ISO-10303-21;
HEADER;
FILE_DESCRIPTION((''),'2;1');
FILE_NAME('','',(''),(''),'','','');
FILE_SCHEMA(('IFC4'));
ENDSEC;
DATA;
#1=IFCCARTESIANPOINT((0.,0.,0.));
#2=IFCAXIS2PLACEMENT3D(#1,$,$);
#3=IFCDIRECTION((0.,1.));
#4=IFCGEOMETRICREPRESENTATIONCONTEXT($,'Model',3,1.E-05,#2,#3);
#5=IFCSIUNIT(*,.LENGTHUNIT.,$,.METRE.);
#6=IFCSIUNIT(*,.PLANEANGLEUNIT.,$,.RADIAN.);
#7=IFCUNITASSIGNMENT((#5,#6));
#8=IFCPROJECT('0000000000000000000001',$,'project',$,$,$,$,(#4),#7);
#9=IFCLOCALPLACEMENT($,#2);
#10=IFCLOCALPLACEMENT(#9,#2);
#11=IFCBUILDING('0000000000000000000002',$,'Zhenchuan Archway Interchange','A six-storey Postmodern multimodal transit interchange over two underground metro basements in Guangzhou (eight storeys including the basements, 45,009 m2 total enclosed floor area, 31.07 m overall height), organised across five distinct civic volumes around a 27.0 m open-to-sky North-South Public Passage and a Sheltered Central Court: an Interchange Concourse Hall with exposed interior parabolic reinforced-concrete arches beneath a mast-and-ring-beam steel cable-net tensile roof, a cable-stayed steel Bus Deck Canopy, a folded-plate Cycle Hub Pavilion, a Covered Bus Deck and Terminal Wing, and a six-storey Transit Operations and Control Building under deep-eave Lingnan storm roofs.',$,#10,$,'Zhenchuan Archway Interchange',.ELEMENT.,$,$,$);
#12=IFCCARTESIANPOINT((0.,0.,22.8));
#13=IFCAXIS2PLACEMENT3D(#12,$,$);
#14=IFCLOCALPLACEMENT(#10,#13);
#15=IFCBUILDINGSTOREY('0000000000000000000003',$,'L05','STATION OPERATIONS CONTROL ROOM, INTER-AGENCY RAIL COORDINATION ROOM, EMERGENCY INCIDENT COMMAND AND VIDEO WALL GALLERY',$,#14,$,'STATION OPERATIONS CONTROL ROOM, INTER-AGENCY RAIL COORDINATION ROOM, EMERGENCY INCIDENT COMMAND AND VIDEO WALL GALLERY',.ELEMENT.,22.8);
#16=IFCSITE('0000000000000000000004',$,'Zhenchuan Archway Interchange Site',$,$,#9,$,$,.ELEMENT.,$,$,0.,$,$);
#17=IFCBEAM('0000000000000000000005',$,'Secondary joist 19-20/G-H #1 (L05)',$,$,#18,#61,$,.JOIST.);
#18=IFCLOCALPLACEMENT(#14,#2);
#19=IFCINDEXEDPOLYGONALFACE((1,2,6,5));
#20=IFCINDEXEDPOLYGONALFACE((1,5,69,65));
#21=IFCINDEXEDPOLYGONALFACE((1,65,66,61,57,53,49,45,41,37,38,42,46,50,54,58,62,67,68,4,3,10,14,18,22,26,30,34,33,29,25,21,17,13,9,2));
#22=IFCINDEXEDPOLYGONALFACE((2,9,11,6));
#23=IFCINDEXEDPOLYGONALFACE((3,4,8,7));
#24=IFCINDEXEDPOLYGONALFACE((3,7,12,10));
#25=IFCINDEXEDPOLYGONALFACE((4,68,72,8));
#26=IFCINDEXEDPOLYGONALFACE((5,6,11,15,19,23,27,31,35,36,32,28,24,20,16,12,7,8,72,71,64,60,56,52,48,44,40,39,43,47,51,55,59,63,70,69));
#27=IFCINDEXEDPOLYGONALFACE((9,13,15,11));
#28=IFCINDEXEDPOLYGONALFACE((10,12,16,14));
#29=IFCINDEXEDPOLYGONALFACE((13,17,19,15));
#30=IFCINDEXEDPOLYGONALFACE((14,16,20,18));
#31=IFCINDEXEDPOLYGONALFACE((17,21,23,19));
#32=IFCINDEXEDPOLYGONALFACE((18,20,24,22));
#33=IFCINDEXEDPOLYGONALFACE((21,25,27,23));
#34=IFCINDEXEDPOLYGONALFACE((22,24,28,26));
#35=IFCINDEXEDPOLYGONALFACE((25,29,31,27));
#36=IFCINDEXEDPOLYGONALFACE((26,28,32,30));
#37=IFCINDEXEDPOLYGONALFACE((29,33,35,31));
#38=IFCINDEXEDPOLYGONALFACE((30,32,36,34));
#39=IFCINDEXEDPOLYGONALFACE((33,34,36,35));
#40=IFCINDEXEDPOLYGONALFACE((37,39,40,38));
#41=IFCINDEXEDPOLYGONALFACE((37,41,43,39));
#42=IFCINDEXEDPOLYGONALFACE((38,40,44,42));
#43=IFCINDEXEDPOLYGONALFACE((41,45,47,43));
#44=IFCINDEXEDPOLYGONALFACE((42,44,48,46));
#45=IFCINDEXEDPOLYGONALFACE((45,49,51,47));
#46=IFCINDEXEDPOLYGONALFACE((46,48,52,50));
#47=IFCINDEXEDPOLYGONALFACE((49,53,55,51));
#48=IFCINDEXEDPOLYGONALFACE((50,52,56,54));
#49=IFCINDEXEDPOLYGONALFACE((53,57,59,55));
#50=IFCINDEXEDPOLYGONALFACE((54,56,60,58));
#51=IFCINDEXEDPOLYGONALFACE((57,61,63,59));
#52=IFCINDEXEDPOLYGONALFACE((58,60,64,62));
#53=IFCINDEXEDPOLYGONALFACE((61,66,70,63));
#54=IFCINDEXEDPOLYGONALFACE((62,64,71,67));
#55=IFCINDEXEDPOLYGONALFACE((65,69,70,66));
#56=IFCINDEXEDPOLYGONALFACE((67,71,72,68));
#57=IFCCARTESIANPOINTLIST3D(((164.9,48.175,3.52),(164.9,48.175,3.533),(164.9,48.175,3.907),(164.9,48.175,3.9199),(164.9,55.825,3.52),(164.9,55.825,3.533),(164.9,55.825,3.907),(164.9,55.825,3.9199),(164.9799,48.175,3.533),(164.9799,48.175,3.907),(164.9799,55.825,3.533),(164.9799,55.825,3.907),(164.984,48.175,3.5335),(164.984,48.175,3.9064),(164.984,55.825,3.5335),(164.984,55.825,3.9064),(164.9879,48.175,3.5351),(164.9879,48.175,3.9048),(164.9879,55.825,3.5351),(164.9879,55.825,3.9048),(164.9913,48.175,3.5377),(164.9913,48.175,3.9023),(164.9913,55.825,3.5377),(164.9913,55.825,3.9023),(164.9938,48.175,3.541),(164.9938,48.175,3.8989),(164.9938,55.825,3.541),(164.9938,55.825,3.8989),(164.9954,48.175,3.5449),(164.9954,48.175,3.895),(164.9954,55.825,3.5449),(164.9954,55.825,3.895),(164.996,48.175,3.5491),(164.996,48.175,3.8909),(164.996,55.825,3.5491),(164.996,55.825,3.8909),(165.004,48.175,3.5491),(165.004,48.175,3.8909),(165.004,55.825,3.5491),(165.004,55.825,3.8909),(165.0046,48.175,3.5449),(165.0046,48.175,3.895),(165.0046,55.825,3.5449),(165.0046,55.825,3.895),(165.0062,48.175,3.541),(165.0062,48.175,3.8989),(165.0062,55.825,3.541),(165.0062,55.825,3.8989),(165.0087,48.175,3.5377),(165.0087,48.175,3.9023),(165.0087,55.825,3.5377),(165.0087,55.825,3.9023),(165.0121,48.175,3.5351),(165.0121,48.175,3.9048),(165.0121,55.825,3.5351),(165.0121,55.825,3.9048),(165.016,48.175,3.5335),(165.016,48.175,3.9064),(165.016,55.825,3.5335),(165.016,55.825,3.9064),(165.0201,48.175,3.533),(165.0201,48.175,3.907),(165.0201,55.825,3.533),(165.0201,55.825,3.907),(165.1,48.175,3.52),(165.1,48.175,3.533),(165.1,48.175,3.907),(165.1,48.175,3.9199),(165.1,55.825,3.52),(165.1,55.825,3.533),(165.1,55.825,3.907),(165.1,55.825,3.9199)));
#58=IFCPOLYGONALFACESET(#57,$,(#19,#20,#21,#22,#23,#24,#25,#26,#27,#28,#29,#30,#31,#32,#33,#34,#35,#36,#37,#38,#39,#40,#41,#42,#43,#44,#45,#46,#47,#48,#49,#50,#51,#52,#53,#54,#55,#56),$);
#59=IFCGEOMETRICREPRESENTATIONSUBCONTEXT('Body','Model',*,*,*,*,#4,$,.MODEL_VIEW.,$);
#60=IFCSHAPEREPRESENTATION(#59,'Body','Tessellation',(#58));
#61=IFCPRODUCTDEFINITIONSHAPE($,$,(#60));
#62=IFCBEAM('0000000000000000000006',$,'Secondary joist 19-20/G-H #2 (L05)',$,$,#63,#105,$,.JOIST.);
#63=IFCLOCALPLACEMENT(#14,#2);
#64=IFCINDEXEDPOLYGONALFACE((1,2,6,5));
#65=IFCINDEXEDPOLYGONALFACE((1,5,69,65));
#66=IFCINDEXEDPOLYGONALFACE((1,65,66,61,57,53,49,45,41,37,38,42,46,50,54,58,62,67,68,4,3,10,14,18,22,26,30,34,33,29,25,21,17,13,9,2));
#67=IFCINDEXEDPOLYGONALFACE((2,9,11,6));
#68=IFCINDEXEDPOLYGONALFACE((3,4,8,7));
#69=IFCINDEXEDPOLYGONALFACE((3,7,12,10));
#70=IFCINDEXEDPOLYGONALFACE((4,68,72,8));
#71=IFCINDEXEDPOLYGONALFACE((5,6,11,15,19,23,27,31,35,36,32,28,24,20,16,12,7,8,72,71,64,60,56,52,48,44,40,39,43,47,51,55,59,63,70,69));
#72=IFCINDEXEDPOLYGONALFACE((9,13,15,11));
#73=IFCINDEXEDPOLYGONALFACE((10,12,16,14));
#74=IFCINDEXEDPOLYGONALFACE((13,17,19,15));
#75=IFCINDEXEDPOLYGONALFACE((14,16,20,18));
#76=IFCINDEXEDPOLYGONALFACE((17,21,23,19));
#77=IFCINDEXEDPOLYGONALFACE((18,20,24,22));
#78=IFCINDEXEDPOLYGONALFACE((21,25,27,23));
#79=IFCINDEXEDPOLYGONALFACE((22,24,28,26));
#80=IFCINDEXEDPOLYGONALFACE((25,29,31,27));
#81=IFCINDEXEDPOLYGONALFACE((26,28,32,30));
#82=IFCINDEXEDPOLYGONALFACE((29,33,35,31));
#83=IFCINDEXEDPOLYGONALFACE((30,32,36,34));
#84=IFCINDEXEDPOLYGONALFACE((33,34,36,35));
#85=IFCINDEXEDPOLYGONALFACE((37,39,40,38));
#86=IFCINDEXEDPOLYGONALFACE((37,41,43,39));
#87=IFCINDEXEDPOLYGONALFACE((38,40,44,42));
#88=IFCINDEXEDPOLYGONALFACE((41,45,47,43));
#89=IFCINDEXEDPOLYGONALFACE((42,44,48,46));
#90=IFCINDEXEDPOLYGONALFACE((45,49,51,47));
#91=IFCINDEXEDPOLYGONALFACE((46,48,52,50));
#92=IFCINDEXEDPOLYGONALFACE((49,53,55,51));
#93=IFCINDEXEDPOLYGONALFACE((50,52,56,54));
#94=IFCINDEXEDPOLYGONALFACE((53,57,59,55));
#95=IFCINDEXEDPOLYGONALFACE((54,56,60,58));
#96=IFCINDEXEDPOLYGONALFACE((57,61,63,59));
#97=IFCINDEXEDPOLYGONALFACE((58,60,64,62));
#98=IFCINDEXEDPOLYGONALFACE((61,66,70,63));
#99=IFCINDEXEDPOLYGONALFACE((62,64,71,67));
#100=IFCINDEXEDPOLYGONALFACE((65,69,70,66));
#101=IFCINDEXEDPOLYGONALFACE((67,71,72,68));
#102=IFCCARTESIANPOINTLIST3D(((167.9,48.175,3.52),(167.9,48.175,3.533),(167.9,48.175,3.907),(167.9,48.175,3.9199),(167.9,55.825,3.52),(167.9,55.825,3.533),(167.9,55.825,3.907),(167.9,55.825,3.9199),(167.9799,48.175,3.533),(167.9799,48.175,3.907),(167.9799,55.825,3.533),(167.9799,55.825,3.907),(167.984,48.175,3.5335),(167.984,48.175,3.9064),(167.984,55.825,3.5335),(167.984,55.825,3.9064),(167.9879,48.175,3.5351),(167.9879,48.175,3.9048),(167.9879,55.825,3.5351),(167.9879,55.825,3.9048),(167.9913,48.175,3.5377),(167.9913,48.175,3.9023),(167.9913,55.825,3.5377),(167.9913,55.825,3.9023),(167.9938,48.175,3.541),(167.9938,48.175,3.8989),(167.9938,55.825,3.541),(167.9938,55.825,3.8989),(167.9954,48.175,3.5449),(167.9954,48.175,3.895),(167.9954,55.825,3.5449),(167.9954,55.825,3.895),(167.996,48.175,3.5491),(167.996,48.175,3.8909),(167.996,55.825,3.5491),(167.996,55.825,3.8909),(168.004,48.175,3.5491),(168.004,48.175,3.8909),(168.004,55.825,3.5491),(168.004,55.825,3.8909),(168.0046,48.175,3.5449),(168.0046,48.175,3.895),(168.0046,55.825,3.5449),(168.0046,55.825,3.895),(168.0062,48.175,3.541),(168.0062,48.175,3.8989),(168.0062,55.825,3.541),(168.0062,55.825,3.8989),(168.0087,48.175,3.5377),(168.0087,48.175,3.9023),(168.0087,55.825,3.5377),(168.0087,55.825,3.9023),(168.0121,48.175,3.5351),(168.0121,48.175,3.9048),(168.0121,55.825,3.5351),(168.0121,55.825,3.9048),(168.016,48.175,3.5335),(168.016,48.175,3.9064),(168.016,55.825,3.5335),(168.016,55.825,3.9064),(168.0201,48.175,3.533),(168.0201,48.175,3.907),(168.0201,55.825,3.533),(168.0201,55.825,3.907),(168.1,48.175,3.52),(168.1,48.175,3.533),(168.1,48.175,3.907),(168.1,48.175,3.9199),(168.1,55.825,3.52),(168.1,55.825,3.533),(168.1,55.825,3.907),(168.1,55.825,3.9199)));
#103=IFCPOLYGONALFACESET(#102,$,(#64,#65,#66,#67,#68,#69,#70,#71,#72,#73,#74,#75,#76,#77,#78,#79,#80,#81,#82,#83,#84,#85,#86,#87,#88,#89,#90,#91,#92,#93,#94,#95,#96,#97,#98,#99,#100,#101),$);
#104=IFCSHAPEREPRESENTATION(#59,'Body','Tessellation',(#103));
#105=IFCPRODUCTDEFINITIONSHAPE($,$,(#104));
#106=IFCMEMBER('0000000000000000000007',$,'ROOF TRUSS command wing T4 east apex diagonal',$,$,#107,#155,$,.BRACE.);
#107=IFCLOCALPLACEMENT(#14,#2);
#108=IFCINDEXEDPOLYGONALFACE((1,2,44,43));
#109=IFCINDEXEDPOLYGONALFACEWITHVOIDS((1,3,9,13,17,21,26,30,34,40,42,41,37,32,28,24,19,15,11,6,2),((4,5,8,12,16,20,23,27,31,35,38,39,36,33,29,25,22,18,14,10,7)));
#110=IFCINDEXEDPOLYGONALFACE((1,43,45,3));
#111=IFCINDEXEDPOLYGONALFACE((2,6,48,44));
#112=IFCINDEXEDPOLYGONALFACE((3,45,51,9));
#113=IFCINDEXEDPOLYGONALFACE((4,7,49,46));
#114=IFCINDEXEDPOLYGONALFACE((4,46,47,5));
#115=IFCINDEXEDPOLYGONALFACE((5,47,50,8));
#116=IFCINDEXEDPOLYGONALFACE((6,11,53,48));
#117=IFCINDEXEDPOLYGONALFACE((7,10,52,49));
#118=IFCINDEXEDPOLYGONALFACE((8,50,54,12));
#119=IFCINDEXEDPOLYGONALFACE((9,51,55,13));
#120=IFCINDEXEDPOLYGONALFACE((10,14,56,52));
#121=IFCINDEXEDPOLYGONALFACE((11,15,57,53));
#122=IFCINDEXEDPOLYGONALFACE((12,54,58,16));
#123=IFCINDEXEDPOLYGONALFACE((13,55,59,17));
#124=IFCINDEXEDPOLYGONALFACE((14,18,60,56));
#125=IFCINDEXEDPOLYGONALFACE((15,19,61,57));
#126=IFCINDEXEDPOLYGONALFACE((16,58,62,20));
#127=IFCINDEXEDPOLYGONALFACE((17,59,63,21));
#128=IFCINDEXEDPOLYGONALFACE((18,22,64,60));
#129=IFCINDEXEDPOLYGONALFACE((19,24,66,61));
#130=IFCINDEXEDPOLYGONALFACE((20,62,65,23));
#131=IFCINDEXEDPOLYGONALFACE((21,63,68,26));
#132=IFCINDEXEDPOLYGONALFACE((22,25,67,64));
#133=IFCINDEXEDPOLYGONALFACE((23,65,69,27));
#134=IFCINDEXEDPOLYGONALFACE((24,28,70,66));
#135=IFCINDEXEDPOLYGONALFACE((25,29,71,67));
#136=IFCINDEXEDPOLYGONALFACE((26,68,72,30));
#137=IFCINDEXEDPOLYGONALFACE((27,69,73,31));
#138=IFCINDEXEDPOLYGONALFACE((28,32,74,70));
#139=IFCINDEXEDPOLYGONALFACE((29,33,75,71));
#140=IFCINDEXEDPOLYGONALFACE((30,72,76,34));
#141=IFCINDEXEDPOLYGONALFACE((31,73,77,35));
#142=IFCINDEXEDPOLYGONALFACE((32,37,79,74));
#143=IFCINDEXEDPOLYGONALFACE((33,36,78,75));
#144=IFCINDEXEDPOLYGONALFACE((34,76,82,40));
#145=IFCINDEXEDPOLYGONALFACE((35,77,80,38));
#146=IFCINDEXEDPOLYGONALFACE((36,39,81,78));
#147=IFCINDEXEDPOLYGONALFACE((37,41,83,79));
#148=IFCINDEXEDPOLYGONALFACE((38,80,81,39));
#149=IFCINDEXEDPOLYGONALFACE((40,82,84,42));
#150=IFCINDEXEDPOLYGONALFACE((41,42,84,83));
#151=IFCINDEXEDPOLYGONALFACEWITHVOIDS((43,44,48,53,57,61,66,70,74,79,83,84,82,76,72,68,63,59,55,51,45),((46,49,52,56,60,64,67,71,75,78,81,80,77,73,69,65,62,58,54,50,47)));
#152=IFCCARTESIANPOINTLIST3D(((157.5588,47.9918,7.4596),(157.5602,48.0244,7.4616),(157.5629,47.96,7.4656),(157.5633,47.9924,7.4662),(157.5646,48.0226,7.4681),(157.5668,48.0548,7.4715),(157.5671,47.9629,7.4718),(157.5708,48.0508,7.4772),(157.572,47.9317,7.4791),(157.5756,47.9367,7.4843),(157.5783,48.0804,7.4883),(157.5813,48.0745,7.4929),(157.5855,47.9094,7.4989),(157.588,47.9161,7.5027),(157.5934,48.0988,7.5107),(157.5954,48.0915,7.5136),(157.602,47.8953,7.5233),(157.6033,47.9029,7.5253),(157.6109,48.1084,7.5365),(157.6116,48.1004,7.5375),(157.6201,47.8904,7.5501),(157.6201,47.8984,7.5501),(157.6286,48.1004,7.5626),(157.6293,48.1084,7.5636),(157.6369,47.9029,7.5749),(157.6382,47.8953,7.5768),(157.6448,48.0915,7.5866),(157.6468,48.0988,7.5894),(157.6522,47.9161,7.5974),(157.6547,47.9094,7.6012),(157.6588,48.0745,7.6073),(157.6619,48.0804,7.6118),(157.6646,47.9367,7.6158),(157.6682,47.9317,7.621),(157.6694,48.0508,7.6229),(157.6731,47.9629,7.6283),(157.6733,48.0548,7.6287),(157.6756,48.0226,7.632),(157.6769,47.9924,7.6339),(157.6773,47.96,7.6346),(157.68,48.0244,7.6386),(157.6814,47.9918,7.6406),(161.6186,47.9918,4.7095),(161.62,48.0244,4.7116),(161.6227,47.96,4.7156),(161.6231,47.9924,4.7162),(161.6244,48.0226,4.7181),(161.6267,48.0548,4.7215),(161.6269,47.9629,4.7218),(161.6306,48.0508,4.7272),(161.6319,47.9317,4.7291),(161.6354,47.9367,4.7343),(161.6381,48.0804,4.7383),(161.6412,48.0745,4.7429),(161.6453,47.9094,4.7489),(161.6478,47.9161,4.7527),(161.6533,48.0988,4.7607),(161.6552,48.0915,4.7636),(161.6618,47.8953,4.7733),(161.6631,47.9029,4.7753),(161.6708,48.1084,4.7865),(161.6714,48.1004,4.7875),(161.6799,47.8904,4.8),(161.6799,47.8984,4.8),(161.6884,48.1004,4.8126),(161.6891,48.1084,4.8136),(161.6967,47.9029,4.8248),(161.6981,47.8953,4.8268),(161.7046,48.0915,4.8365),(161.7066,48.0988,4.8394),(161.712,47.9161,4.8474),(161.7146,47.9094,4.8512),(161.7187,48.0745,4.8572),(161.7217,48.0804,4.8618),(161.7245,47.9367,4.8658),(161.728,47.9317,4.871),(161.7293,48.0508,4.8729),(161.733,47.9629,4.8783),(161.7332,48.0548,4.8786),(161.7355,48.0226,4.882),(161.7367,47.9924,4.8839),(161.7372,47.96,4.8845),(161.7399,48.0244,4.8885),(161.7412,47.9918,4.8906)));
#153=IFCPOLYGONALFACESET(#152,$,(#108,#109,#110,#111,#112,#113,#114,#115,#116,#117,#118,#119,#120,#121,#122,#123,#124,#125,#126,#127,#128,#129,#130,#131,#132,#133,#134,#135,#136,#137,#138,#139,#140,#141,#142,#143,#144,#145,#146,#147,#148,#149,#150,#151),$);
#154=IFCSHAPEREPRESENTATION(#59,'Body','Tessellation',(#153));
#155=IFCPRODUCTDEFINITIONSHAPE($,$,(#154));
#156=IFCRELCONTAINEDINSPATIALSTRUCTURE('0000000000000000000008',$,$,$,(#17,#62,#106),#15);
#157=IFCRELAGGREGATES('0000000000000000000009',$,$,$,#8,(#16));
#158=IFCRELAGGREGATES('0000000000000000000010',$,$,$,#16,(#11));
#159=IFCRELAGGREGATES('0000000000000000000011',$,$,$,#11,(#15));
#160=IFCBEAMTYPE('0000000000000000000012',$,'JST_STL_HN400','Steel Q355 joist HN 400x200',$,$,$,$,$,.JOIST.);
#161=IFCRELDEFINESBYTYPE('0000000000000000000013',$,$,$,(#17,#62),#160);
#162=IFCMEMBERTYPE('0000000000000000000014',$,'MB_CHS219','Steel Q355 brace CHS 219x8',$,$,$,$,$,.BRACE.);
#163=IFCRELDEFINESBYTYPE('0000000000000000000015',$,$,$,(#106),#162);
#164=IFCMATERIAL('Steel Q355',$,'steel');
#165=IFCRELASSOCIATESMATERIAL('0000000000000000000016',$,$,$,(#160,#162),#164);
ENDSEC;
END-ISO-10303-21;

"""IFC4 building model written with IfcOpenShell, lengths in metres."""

from ifc_helpers import new_model, si_unit, direction, frame, origin, origin_2d, place, context, subcontext, project, spatial, hollow_circle, i_section, extrude, material, material_profile, profile_set, type_object, element, save


model = new_model("IFC4")

# Units and contexts
model_context = context("Model", 3, precision=1e-05, world=origin(), true_north=direction((0.0, 1.0)))
body_context = subcontext(model_context, "Body", "Model", "MODEL_VIEW")
ifc_project = project(units=[si_unit("LENGTHUNIT", "METRE"), si_unit("PLANEANGLEUNIT", "RADIAN")], contexts=[model_context])

# Site, building, storey
site_placement = place(None, origin())
site = spatial("IfcSite", under=ifc_project, at=site_placement, Name="Zhenchuan Archway Interchange Site", CompositionType="ELEMENT", RefElevation=0.0)
building_placement = place(site_placement, origin())
building = spatial("IfcBuilding", under=site, at=building_placement, Name="Zhenchuan Archway Interchange", Description="A six-storey Postmodern multimodal transit interchange over two underground metro basements in Guangzhou (eight storeys including the basements, 45,009 m2 total enclosed floor area, 31.07 m overall height), organised across five distinct civic volumes around a 27.0 m open-to-sky North-South Public Passage and a Sheltered Central Court: an Interchange Concourse Hall with exposed interior parabolic reinforced-concrete arches beneath a mast-and-ring-beam steel cable-net tensile roof, a cable-stayed steel Bus Deck Canopy, a folded-plate Cycle Hub Pavilion, a Covered Bus Deck and Terminal Wing, and a six-storey Transit Operations and Control Building under deep-eave Lingnan storm roofs.", LongName="Zhenchuan Archway Interchange", CompositionType="ELEMENT")
storey_placement = place(building_placement, frame((0.0, 0.0, 22.8)))
storey = spatial("IfcBuildingStorey", under=building, at=storey_placement, Name="L05", Description="STATION OPERATIONS CONTROL ROOM, INTER-AGENCY RAIL COORDINATION ROOM, EMERGENCY INCIDENT COMMAND AND VIDEO WALL GALLERY", LongName="STATION OPERATIONS CONTROL ROOM, INTER-AGENCY RAIL COORDINATION ROOM, EMERGENCY INCIDENT COMMAND AND VIDEO WALL GALLERY", CompositionType="ELEMENT", Elevation=22.8)

# Beams
ifc_material_1 = material(Name="Steel Q355", Category="steel")
ifc_material_profile_1 = material_profile(ifc_material_1, i_section(OverallWidth=0.2, OverallDepth=0.3999, WebThickness=0.0081, FlangeThickness=0.0129, FilletRadius=0.0161, at=origin_2d()), Name="HN 400x200")
ifc_profile_set_1 = profile_set([ifc_material_profile_1], Name="Steel Q355")
beam_type_1 = type_object("IfcBeamType", Name="JST_STL_HN400", Description="Steel Q355 joist HN 400x200", PredefinedType="JOIST", material=ifc_profile_set_1)
for number, where, z_axis, x_axis, name in (
    (1, (165.0, 48.175, 3.72), (0.0, 1.0, 0.0), (-1.0, 0.0, 0.0), "Secondary joist 19-20/G-H #1 (L05)"),
    (2, (168.0, 48.175, 3.72), (0.0, 1.0, 0.0), (-1.0, 0.0, 0.0), "Secondary joist 19-20/G-H #2 (L05)"),
):
    element("IfcBeam", number, at=place(storey_placement, frame(where, z_axis=z_axis, x_axis=x_axis)), inside=storey, type_object=beam_type_1, Name=name, PredefinedType="JOIST", context=body_context, shape_type="SweptSolid", body=[
        extrude(i_section(OverallWidth=0.2, OverallDepth=0.3999, WebThickness=0.0081, FlangeThickness=0.0129, FilletRadius=0.0161, at=origin_2d()), origin(), (0.0, 0.0, 1.0), 7.6499),
    ])

# Member
ifc_material_profile_2 = material_profile(ifc_material_1, hollow_circle(Radius=0.1096, WallThickness=0.0081, at=origin_2d()), Name="CHS 219x8")
ifc_profile_set_2 = profile_set([ifc_material_profile_2], Name="Steel Q355")
member_type_1 = type_object("IfcMemberType", Name="MB_CHS219", Description="Steel Q355 brace CHS 219x8", PredefinedType="BRACE", material=ifc_profile_set_2)
member_1_placement = place(storey_placement, frame((161.6799, 48.0, 4.8), z_axis=(-0.827937, 0.0, 0.560821), x_axis=(0.0, -1.0, 0.0)))
element("IfcMember", 3, at=member_1_placement, inside=storey, type_object=member_type_1, Name="ROOF TRUSS command wing T4 east apex diagonal", PredefinedType="BRACE", context=body_context, shape_type="SweptSolid", body=[
    extrude(hollow_circle(Radius=0.1096, WallThickness=0.0081, at=origin_2d()), origin(), (0.0, 0.0, 1.0), 4.9036),
])

save(model, "model.ifc")
